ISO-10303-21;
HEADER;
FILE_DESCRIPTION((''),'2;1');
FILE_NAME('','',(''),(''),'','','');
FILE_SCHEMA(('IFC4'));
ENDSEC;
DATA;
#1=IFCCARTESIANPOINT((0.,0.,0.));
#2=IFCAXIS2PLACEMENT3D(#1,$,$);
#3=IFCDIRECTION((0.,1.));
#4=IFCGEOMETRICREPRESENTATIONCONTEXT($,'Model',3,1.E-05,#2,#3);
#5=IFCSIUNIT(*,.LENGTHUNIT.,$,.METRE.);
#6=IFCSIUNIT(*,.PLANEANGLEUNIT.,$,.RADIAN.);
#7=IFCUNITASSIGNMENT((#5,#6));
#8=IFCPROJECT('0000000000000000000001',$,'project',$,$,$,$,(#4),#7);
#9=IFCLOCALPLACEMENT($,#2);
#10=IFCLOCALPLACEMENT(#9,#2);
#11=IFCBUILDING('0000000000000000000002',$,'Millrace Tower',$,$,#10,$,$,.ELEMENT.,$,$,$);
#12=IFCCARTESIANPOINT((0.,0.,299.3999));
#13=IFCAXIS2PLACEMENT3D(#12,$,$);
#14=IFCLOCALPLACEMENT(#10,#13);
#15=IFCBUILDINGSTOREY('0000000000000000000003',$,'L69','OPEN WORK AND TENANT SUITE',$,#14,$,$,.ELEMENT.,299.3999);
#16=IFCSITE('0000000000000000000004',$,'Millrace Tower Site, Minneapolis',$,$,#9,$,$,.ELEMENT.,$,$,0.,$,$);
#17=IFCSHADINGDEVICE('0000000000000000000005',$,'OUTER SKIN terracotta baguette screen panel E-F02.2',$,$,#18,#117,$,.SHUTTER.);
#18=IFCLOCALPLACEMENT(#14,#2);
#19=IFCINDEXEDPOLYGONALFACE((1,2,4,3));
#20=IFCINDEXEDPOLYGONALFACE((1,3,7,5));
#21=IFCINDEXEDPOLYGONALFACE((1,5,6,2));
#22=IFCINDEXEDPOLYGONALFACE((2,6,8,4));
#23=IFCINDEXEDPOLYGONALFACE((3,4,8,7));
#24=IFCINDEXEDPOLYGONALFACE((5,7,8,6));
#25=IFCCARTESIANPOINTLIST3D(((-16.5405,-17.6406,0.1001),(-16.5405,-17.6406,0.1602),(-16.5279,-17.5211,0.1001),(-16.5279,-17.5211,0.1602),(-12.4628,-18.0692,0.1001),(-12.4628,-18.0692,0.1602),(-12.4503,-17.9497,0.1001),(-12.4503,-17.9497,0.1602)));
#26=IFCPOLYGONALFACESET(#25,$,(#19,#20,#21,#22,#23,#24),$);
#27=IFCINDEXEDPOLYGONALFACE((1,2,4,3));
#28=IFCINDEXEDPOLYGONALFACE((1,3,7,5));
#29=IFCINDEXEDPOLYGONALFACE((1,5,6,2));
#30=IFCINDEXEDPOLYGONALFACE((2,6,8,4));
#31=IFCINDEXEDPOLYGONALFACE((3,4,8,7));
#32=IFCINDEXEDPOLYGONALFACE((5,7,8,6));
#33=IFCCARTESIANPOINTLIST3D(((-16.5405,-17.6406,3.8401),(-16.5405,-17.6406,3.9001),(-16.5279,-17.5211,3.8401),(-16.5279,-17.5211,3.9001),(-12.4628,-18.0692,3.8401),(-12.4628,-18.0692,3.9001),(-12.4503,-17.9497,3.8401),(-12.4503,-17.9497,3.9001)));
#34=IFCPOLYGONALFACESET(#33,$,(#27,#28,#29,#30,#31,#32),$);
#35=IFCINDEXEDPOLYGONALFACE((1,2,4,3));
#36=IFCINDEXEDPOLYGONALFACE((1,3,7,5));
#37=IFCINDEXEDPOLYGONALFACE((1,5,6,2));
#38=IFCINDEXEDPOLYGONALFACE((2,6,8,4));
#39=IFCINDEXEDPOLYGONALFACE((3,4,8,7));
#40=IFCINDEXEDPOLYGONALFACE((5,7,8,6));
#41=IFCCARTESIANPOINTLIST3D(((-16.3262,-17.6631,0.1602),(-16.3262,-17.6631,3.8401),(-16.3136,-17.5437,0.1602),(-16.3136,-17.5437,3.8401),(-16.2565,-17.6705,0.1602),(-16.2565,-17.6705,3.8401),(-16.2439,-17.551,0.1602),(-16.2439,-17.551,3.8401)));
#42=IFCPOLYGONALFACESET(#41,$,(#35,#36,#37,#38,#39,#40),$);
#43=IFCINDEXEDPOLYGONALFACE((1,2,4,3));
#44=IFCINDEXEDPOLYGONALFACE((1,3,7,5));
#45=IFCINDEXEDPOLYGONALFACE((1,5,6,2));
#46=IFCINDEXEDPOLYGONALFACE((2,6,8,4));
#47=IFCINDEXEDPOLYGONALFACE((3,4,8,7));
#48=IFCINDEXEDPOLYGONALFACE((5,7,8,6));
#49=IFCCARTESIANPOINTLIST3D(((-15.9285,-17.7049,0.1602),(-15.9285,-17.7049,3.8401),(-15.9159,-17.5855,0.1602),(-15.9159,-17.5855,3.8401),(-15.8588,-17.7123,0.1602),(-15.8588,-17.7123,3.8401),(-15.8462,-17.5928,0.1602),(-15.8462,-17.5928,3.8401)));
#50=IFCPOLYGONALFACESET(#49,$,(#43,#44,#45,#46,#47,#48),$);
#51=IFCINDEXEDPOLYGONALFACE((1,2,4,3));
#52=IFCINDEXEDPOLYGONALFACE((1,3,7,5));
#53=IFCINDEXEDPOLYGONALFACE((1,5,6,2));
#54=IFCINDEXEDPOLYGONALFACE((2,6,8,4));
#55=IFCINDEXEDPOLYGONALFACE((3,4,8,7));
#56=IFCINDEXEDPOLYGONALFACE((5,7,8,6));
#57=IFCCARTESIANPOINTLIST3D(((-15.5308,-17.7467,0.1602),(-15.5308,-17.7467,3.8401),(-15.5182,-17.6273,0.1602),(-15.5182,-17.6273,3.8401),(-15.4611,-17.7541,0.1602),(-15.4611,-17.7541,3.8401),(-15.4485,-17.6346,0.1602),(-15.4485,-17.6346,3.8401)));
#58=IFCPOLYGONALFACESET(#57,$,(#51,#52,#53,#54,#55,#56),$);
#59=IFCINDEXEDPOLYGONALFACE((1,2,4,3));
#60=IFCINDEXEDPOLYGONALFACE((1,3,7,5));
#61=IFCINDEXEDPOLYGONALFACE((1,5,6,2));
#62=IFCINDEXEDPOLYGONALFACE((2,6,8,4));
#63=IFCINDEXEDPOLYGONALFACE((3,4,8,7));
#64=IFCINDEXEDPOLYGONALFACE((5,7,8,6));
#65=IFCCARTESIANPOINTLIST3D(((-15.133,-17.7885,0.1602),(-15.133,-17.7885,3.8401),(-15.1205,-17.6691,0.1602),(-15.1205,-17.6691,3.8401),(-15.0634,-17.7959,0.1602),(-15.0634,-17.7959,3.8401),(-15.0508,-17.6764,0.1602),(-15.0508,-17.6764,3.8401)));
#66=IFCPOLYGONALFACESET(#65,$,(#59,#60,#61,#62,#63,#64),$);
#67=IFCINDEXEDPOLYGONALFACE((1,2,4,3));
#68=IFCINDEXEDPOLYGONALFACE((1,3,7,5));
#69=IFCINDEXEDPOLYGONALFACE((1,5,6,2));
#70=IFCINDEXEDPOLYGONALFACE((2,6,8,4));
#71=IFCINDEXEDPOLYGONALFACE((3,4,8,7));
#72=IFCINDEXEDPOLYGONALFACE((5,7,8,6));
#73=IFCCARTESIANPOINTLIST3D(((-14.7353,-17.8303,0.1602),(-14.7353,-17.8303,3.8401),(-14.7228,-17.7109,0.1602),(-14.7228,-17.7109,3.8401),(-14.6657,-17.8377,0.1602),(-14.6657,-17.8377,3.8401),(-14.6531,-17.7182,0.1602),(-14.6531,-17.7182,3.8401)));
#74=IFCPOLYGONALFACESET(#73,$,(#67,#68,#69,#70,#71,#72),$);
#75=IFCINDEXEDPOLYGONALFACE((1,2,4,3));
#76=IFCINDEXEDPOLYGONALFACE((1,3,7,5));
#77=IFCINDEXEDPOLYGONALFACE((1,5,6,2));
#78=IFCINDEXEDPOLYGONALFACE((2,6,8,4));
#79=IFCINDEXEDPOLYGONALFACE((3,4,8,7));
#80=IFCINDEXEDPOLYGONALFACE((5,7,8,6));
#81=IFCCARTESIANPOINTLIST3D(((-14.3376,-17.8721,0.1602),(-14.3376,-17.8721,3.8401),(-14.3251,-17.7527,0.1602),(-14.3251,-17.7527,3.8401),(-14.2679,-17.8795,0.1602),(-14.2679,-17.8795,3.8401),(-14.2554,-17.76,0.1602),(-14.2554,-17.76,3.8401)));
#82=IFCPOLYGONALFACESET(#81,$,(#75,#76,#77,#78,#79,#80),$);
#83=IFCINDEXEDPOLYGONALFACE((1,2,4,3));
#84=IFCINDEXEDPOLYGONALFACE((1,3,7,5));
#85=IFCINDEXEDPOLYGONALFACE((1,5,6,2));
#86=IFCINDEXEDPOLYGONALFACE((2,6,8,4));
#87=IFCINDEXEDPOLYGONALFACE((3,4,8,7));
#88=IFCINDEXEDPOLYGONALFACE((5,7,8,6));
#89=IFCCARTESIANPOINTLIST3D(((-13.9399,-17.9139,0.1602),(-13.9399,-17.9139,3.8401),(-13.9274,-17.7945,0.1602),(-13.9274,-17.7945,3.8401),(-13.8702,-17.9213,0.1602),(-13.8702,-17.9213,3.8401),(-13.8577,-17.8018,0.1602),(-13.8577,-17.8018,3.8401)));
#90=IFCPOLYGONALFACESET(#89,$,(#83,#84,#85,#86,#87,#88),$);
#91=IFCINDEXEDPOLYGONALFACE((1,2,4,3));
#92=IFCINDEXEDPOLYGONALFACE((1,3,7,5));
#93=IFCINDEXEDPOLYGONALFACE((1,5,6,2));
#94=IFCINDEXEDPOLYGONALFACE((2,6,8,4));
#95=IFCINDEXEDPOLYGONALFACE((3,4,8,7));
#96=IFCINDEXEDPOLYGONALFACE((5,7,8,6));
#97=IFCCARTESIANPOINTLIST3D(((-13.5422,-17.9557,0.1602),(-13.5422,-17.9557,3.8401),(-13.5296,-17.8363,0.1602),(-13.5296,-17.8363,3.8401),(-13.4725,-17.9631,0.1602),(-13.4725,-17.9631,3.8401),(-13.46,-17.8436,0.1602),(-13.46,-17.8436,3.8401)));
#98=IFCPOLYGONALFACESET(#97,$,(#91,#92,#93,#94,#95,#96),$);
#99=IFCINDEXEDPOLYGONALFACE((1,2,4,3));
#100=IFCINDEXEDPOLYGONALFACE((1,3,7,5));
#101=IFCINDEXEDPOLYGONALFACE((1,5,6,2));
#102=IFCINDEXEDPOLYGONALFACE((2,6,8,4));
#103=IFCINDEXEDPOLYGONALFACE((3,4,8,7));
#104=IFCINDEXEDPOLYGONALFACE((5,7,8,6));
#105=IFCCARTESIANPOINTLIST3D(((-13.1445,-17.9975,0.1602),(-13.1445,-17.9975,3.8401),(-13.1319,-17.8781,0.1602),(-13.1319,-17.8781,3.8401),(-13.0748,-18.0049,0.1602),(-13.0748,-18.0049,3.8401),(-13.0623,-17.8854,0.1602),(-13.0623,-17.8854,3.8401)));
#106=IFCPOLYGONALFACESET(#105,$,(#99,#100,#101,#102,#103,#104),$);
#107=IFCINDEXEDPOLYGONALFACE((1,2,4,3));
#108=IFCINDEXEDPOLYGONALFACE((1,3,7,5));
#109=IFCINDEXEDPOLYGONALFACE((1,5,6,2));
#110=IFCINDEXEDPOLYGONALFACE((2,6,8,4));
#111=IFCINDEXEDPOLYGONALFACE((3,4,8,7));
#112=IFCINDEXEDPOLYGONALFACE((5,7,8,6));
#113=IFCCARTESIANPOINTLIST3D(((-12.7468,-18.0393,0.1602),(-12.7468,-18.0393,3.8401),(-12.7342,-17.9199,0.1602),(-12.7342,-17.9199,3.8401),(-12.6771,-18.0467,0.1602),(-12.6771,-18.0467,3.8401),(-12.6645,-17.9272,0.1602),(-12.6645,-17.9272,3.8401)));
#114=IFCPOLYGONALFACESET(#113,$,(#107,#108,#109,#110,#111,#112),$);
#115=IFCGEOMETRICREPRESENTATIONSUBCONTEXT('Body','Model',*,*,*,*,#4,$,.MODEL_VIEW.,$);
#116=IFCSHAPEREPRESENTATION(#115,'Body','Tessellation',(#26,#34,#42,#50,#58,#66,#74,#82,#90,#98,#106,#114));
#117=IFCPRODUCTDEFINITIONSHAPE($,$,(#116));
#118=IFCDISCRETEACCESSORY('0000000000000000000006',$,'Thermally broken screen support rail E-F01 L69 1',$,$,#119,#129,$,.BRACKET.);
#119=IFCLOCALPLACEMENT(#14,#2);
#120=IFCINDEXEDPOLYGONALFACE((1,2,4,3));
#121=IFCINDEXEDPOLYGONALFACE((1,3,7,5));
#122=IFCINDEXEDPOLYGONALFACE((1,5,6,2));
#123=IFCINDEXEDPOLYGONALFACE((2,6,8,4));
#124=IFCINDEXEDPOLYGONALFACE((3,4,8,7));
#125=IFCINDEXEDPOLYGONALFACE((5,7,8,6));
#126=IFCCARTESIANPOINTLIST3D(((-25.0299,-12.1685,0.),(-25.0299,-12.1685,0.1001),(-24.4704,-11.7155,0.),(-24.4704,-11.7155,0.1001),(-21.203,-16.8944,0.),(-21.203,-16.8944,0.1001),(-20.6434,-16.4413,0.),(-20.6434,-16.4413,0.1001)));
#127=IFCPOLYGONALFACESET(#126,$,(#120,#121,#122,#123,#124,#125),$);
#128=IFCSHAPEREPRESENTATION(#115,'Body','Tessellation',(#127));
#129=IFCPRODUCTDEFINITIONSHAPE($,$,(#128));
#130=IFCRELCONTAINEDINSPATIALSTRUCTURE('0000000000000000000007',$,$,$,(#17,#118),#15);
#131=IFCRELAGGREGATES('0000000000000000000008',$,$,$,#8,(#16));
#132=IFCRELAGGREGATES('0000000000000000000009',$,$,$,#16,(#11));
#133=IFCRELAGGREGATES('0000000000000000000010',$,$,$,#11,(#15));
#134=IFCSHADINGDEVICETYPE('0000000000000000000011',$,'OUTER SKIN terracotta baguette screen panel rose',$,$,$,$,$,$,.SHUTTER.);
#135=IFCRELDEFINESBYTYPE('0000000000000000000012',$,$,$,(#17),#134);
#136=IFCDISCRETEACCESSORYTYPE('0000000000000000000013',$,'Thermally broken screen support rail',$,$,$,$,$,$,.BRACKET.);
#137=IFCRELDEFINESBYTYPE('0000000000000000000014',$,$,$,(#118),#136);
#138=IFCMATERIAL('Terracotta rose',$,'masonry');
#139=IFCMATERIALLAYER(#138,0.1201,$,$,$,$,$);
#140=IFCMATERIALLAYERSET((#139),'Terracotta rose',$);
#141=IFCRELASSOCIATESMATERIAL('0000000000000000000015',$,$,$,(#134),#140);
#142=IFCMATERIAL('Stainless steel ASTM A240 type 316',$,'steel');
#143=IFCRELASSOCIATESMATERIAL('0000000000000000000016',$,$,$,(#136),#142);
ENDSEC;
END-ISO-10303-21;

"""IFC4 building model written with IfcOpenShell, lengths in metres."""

from ifc_helpers import new_model, entity, si_unit, direction, frame, frame_2d, origin, origin_2d, place, context, subcontext, project, spatial, rectangle, extrude, source, transform, mapped, material, layer, layer_set, type_object, element, save


model = new_model("IFC4")

# Units and contexts
model_context = context("Model", 3, precision=1e-05, world=origin(), true_north=direction((0.0, 1.0)))
body_context = subcontext(model_context, "Body", "Model", "MODEL_VIEW")
ifc_project = project(units=[si_unit("LENGTHUNIT", "METRE"), si_unit("PLANEANGLEUNIT", "RADIAN")], contexts=[model_context])

# Site, building, storey
site_placement = place(None, origin())
site = spatial("IfcSite", under=ifc_project, at=site_placement, Name="Millrace Tower Site, Minneapolis", CompositionType="ELEMENT", RefElevation=0.0)
building_placement = place(site_placement, origin())
building = spatial("IfcBuilding", under=site, at=building_placement, Name="Millrace Tower", CompositionType="ELEMENT")
storey_placement = place(building_placement, frame((0.0, 0.0, 299.3999)))
storey = spatial("IfcBuildingStorey", under=building, at=storey_placement, Name="L69", Description="OPEN WORK AND TENANT SUITE", CompositionType="ELEMENT", Elevation=299.3999)

# Shading device
ifc_material_1 = material(Name="Terracotta rose", Category="masonry")
ifc_layer_1 = layer(ifc_material_1, 0.1201)
ifc_layer_set_1 = layer_set([ifc_layer_1], Name="Terracotta rose")
shading_device_type = type_object("IfcShadingDeviceType", Name="OUTER SKIN terracotta baguette screen panel rose", PredefinedType="SHUTTER", material=ifc_layer_set_1)
cartesian_point_1 = entity("IfcCartesianPoint", [-2.05, 0.0601])
shared_polyline_1 = entity("IfcPolyline", [cartesian_point_1, entity("IfcCartesianPoint", [2.05, 0.0601]), entity("IfcCartesianPoint", [2.05, -0.0601]), entity("IfcCartesianPoint", [-2.05, -0.0601]), cartesian_point_1])
shared_shape_1 = source(origin(), body_context, "Body", "SweptSolid", [
    entity("IfcExtrudedAreaSolid", entity("IfcArbitraryClosedProfileDef", "AREA", None, shared_polyline_1), entity("IfcAxis2Placement3D", entity("IfcCartesianPoint", [0.0, 0.0, 0.0])), entity("IfcDirection", [0.0, 0.0, 1.0]), 0.0601),
    entity("IfcExtrudedAreaSolid", entity("IfcArbitraryClosedProfileDef", "AREA", None, shared_polyline_1), entity("IfcAxis2Placement3D", entity("IfcCartesianPoint", [0.0, 0.0, 3.74])), entity("IfcDirection", [0.0, 0.0, 1.0]), 0.0601),
    extrude(rectangle(XDim=0.0701, YDim=0.1201, at=frame_2d((-1.7996, 0.0))), frame((0.0, 0.0, 0.0601)), (0.0, 0.0, 1.0), 3.6799),
    extrude(rectangle(XDim=0.0701, YDim=0.1201, at=frame_2d((-1.3997, 0.0))), frame((0.0, 0.0, 0.0601)), (0.0, 0.0, 1.0), 3.6799),
    extrude(rectangle(XDim=0.0701, YDim=0.1201, at=frame_2d((-0.9998, 0.0))), frame((0.0, 0.0, 0.0601)), (0.0, 0.0, 1.0), 3.6799),
    extrude(rectangle(XDim=0.0701, YDim=0.1201, at=frame_2d((-0.5999, 0.0))), frame((0.0, 0.0, 0.0601)), (0.0, 0.0, 1.0), 3.6799),
    extrude(rectangle(XDim=0.0701, YDim=0.1201, at=frame_2d((-0.2, 0.0))), frame((0.0, 0.0, 0.0601)), (0.0, 0.0, 1.0), 3.6799),
    extrude(rectangle(XDim=0.0701, YDim=0.1201, at=frame_2d((0.2, 0.0))), frame((0.0, 0.0, 0.0601)), (0.0, 0.0, 1.0), 3.6799),
    extrude(rectangle(XDim=0.0701, YDim=0.1201, at=frame_2d((0.5999, 0.0))), frame((0.0, 0.0, 0.0601)), (0.0, 0.0, 1.0), 3.6799),
    extrude(rectangle(XDim=0.0701, YDim=0.1201, at=frame_2d((0.9998, 0.0))), frame((0.0, 0.0, 0.0601)), (0.0, 0.0, 1.0), 3.6799),
    extrude(rectangle(XDim=0.0701, YDim=0.1201, at=frame_2d((1.3997, 0.0))), frame((0.0, 0.0, 0.0601)), (0.0, 0.0, 1.0), 3.6799),
    extrude(rectangle(XDim=0.0701, YDim=0.1201, at=frame_2d((1.7996, 0.0))), frame((0.0, 0.0, 0.0601)), (0.0, 0.0, 1.0), 3.6799),
])
shading_device_1_placement = place(storey_placement, frame((-14.4954, -17.7952, 0.1001), z_axis=(0.0, 0.0, 1.0), x_axis=(0.994522, -0.104528, 0.0)))
element("IfcShadingDevice", 1, at=shading_device_1_placement, inside=storey, type_object=shading_device_type, Name="OUTER SKIN terracotta baguette screen panel E-F02.2", PredefinedType="SHUTTER", context=body_context, shape_type="MappedRepresentation", body=[
    mapped(shared_shape_1, transform((0.0, 0.0, 0.0), scale=1.0)),
])

# Discrete accessory
ifc_material_2 = material(Name="Stainless steel ASTM A240 type 316", Category="steel")
discrete_accessory_type = type_object("IfcDiscreteAccessoryType", Name="Thermally broken screen support rail", PredefinedType="BRACKET", material=ifc_material_2)
discrete_accessory_placement = place(storey_placement, frame((-22.8367, -14.3049, 0.0), z_axis=(0.0, 0.0, 1.0), x_axis=(0.62932, -0.777146, 0.0)))
element("IfcDiscreteAccessory", 2, at=discrete_accessory_placement, inside=storey, type_object=discrete_accessory_type, Name="Thermally broken screen support rail E-F01 L69 1", PredefinedType="BRACKET", context=body_context, shape_type="SweptSolid", body=[
    extrude(rectangle(XDim=6.0811, YDim=0.72, at=origin_2d()), origin(), (0.0, 0.0, 1.0), 0.1001),
])

save(model, "model.ifc")
